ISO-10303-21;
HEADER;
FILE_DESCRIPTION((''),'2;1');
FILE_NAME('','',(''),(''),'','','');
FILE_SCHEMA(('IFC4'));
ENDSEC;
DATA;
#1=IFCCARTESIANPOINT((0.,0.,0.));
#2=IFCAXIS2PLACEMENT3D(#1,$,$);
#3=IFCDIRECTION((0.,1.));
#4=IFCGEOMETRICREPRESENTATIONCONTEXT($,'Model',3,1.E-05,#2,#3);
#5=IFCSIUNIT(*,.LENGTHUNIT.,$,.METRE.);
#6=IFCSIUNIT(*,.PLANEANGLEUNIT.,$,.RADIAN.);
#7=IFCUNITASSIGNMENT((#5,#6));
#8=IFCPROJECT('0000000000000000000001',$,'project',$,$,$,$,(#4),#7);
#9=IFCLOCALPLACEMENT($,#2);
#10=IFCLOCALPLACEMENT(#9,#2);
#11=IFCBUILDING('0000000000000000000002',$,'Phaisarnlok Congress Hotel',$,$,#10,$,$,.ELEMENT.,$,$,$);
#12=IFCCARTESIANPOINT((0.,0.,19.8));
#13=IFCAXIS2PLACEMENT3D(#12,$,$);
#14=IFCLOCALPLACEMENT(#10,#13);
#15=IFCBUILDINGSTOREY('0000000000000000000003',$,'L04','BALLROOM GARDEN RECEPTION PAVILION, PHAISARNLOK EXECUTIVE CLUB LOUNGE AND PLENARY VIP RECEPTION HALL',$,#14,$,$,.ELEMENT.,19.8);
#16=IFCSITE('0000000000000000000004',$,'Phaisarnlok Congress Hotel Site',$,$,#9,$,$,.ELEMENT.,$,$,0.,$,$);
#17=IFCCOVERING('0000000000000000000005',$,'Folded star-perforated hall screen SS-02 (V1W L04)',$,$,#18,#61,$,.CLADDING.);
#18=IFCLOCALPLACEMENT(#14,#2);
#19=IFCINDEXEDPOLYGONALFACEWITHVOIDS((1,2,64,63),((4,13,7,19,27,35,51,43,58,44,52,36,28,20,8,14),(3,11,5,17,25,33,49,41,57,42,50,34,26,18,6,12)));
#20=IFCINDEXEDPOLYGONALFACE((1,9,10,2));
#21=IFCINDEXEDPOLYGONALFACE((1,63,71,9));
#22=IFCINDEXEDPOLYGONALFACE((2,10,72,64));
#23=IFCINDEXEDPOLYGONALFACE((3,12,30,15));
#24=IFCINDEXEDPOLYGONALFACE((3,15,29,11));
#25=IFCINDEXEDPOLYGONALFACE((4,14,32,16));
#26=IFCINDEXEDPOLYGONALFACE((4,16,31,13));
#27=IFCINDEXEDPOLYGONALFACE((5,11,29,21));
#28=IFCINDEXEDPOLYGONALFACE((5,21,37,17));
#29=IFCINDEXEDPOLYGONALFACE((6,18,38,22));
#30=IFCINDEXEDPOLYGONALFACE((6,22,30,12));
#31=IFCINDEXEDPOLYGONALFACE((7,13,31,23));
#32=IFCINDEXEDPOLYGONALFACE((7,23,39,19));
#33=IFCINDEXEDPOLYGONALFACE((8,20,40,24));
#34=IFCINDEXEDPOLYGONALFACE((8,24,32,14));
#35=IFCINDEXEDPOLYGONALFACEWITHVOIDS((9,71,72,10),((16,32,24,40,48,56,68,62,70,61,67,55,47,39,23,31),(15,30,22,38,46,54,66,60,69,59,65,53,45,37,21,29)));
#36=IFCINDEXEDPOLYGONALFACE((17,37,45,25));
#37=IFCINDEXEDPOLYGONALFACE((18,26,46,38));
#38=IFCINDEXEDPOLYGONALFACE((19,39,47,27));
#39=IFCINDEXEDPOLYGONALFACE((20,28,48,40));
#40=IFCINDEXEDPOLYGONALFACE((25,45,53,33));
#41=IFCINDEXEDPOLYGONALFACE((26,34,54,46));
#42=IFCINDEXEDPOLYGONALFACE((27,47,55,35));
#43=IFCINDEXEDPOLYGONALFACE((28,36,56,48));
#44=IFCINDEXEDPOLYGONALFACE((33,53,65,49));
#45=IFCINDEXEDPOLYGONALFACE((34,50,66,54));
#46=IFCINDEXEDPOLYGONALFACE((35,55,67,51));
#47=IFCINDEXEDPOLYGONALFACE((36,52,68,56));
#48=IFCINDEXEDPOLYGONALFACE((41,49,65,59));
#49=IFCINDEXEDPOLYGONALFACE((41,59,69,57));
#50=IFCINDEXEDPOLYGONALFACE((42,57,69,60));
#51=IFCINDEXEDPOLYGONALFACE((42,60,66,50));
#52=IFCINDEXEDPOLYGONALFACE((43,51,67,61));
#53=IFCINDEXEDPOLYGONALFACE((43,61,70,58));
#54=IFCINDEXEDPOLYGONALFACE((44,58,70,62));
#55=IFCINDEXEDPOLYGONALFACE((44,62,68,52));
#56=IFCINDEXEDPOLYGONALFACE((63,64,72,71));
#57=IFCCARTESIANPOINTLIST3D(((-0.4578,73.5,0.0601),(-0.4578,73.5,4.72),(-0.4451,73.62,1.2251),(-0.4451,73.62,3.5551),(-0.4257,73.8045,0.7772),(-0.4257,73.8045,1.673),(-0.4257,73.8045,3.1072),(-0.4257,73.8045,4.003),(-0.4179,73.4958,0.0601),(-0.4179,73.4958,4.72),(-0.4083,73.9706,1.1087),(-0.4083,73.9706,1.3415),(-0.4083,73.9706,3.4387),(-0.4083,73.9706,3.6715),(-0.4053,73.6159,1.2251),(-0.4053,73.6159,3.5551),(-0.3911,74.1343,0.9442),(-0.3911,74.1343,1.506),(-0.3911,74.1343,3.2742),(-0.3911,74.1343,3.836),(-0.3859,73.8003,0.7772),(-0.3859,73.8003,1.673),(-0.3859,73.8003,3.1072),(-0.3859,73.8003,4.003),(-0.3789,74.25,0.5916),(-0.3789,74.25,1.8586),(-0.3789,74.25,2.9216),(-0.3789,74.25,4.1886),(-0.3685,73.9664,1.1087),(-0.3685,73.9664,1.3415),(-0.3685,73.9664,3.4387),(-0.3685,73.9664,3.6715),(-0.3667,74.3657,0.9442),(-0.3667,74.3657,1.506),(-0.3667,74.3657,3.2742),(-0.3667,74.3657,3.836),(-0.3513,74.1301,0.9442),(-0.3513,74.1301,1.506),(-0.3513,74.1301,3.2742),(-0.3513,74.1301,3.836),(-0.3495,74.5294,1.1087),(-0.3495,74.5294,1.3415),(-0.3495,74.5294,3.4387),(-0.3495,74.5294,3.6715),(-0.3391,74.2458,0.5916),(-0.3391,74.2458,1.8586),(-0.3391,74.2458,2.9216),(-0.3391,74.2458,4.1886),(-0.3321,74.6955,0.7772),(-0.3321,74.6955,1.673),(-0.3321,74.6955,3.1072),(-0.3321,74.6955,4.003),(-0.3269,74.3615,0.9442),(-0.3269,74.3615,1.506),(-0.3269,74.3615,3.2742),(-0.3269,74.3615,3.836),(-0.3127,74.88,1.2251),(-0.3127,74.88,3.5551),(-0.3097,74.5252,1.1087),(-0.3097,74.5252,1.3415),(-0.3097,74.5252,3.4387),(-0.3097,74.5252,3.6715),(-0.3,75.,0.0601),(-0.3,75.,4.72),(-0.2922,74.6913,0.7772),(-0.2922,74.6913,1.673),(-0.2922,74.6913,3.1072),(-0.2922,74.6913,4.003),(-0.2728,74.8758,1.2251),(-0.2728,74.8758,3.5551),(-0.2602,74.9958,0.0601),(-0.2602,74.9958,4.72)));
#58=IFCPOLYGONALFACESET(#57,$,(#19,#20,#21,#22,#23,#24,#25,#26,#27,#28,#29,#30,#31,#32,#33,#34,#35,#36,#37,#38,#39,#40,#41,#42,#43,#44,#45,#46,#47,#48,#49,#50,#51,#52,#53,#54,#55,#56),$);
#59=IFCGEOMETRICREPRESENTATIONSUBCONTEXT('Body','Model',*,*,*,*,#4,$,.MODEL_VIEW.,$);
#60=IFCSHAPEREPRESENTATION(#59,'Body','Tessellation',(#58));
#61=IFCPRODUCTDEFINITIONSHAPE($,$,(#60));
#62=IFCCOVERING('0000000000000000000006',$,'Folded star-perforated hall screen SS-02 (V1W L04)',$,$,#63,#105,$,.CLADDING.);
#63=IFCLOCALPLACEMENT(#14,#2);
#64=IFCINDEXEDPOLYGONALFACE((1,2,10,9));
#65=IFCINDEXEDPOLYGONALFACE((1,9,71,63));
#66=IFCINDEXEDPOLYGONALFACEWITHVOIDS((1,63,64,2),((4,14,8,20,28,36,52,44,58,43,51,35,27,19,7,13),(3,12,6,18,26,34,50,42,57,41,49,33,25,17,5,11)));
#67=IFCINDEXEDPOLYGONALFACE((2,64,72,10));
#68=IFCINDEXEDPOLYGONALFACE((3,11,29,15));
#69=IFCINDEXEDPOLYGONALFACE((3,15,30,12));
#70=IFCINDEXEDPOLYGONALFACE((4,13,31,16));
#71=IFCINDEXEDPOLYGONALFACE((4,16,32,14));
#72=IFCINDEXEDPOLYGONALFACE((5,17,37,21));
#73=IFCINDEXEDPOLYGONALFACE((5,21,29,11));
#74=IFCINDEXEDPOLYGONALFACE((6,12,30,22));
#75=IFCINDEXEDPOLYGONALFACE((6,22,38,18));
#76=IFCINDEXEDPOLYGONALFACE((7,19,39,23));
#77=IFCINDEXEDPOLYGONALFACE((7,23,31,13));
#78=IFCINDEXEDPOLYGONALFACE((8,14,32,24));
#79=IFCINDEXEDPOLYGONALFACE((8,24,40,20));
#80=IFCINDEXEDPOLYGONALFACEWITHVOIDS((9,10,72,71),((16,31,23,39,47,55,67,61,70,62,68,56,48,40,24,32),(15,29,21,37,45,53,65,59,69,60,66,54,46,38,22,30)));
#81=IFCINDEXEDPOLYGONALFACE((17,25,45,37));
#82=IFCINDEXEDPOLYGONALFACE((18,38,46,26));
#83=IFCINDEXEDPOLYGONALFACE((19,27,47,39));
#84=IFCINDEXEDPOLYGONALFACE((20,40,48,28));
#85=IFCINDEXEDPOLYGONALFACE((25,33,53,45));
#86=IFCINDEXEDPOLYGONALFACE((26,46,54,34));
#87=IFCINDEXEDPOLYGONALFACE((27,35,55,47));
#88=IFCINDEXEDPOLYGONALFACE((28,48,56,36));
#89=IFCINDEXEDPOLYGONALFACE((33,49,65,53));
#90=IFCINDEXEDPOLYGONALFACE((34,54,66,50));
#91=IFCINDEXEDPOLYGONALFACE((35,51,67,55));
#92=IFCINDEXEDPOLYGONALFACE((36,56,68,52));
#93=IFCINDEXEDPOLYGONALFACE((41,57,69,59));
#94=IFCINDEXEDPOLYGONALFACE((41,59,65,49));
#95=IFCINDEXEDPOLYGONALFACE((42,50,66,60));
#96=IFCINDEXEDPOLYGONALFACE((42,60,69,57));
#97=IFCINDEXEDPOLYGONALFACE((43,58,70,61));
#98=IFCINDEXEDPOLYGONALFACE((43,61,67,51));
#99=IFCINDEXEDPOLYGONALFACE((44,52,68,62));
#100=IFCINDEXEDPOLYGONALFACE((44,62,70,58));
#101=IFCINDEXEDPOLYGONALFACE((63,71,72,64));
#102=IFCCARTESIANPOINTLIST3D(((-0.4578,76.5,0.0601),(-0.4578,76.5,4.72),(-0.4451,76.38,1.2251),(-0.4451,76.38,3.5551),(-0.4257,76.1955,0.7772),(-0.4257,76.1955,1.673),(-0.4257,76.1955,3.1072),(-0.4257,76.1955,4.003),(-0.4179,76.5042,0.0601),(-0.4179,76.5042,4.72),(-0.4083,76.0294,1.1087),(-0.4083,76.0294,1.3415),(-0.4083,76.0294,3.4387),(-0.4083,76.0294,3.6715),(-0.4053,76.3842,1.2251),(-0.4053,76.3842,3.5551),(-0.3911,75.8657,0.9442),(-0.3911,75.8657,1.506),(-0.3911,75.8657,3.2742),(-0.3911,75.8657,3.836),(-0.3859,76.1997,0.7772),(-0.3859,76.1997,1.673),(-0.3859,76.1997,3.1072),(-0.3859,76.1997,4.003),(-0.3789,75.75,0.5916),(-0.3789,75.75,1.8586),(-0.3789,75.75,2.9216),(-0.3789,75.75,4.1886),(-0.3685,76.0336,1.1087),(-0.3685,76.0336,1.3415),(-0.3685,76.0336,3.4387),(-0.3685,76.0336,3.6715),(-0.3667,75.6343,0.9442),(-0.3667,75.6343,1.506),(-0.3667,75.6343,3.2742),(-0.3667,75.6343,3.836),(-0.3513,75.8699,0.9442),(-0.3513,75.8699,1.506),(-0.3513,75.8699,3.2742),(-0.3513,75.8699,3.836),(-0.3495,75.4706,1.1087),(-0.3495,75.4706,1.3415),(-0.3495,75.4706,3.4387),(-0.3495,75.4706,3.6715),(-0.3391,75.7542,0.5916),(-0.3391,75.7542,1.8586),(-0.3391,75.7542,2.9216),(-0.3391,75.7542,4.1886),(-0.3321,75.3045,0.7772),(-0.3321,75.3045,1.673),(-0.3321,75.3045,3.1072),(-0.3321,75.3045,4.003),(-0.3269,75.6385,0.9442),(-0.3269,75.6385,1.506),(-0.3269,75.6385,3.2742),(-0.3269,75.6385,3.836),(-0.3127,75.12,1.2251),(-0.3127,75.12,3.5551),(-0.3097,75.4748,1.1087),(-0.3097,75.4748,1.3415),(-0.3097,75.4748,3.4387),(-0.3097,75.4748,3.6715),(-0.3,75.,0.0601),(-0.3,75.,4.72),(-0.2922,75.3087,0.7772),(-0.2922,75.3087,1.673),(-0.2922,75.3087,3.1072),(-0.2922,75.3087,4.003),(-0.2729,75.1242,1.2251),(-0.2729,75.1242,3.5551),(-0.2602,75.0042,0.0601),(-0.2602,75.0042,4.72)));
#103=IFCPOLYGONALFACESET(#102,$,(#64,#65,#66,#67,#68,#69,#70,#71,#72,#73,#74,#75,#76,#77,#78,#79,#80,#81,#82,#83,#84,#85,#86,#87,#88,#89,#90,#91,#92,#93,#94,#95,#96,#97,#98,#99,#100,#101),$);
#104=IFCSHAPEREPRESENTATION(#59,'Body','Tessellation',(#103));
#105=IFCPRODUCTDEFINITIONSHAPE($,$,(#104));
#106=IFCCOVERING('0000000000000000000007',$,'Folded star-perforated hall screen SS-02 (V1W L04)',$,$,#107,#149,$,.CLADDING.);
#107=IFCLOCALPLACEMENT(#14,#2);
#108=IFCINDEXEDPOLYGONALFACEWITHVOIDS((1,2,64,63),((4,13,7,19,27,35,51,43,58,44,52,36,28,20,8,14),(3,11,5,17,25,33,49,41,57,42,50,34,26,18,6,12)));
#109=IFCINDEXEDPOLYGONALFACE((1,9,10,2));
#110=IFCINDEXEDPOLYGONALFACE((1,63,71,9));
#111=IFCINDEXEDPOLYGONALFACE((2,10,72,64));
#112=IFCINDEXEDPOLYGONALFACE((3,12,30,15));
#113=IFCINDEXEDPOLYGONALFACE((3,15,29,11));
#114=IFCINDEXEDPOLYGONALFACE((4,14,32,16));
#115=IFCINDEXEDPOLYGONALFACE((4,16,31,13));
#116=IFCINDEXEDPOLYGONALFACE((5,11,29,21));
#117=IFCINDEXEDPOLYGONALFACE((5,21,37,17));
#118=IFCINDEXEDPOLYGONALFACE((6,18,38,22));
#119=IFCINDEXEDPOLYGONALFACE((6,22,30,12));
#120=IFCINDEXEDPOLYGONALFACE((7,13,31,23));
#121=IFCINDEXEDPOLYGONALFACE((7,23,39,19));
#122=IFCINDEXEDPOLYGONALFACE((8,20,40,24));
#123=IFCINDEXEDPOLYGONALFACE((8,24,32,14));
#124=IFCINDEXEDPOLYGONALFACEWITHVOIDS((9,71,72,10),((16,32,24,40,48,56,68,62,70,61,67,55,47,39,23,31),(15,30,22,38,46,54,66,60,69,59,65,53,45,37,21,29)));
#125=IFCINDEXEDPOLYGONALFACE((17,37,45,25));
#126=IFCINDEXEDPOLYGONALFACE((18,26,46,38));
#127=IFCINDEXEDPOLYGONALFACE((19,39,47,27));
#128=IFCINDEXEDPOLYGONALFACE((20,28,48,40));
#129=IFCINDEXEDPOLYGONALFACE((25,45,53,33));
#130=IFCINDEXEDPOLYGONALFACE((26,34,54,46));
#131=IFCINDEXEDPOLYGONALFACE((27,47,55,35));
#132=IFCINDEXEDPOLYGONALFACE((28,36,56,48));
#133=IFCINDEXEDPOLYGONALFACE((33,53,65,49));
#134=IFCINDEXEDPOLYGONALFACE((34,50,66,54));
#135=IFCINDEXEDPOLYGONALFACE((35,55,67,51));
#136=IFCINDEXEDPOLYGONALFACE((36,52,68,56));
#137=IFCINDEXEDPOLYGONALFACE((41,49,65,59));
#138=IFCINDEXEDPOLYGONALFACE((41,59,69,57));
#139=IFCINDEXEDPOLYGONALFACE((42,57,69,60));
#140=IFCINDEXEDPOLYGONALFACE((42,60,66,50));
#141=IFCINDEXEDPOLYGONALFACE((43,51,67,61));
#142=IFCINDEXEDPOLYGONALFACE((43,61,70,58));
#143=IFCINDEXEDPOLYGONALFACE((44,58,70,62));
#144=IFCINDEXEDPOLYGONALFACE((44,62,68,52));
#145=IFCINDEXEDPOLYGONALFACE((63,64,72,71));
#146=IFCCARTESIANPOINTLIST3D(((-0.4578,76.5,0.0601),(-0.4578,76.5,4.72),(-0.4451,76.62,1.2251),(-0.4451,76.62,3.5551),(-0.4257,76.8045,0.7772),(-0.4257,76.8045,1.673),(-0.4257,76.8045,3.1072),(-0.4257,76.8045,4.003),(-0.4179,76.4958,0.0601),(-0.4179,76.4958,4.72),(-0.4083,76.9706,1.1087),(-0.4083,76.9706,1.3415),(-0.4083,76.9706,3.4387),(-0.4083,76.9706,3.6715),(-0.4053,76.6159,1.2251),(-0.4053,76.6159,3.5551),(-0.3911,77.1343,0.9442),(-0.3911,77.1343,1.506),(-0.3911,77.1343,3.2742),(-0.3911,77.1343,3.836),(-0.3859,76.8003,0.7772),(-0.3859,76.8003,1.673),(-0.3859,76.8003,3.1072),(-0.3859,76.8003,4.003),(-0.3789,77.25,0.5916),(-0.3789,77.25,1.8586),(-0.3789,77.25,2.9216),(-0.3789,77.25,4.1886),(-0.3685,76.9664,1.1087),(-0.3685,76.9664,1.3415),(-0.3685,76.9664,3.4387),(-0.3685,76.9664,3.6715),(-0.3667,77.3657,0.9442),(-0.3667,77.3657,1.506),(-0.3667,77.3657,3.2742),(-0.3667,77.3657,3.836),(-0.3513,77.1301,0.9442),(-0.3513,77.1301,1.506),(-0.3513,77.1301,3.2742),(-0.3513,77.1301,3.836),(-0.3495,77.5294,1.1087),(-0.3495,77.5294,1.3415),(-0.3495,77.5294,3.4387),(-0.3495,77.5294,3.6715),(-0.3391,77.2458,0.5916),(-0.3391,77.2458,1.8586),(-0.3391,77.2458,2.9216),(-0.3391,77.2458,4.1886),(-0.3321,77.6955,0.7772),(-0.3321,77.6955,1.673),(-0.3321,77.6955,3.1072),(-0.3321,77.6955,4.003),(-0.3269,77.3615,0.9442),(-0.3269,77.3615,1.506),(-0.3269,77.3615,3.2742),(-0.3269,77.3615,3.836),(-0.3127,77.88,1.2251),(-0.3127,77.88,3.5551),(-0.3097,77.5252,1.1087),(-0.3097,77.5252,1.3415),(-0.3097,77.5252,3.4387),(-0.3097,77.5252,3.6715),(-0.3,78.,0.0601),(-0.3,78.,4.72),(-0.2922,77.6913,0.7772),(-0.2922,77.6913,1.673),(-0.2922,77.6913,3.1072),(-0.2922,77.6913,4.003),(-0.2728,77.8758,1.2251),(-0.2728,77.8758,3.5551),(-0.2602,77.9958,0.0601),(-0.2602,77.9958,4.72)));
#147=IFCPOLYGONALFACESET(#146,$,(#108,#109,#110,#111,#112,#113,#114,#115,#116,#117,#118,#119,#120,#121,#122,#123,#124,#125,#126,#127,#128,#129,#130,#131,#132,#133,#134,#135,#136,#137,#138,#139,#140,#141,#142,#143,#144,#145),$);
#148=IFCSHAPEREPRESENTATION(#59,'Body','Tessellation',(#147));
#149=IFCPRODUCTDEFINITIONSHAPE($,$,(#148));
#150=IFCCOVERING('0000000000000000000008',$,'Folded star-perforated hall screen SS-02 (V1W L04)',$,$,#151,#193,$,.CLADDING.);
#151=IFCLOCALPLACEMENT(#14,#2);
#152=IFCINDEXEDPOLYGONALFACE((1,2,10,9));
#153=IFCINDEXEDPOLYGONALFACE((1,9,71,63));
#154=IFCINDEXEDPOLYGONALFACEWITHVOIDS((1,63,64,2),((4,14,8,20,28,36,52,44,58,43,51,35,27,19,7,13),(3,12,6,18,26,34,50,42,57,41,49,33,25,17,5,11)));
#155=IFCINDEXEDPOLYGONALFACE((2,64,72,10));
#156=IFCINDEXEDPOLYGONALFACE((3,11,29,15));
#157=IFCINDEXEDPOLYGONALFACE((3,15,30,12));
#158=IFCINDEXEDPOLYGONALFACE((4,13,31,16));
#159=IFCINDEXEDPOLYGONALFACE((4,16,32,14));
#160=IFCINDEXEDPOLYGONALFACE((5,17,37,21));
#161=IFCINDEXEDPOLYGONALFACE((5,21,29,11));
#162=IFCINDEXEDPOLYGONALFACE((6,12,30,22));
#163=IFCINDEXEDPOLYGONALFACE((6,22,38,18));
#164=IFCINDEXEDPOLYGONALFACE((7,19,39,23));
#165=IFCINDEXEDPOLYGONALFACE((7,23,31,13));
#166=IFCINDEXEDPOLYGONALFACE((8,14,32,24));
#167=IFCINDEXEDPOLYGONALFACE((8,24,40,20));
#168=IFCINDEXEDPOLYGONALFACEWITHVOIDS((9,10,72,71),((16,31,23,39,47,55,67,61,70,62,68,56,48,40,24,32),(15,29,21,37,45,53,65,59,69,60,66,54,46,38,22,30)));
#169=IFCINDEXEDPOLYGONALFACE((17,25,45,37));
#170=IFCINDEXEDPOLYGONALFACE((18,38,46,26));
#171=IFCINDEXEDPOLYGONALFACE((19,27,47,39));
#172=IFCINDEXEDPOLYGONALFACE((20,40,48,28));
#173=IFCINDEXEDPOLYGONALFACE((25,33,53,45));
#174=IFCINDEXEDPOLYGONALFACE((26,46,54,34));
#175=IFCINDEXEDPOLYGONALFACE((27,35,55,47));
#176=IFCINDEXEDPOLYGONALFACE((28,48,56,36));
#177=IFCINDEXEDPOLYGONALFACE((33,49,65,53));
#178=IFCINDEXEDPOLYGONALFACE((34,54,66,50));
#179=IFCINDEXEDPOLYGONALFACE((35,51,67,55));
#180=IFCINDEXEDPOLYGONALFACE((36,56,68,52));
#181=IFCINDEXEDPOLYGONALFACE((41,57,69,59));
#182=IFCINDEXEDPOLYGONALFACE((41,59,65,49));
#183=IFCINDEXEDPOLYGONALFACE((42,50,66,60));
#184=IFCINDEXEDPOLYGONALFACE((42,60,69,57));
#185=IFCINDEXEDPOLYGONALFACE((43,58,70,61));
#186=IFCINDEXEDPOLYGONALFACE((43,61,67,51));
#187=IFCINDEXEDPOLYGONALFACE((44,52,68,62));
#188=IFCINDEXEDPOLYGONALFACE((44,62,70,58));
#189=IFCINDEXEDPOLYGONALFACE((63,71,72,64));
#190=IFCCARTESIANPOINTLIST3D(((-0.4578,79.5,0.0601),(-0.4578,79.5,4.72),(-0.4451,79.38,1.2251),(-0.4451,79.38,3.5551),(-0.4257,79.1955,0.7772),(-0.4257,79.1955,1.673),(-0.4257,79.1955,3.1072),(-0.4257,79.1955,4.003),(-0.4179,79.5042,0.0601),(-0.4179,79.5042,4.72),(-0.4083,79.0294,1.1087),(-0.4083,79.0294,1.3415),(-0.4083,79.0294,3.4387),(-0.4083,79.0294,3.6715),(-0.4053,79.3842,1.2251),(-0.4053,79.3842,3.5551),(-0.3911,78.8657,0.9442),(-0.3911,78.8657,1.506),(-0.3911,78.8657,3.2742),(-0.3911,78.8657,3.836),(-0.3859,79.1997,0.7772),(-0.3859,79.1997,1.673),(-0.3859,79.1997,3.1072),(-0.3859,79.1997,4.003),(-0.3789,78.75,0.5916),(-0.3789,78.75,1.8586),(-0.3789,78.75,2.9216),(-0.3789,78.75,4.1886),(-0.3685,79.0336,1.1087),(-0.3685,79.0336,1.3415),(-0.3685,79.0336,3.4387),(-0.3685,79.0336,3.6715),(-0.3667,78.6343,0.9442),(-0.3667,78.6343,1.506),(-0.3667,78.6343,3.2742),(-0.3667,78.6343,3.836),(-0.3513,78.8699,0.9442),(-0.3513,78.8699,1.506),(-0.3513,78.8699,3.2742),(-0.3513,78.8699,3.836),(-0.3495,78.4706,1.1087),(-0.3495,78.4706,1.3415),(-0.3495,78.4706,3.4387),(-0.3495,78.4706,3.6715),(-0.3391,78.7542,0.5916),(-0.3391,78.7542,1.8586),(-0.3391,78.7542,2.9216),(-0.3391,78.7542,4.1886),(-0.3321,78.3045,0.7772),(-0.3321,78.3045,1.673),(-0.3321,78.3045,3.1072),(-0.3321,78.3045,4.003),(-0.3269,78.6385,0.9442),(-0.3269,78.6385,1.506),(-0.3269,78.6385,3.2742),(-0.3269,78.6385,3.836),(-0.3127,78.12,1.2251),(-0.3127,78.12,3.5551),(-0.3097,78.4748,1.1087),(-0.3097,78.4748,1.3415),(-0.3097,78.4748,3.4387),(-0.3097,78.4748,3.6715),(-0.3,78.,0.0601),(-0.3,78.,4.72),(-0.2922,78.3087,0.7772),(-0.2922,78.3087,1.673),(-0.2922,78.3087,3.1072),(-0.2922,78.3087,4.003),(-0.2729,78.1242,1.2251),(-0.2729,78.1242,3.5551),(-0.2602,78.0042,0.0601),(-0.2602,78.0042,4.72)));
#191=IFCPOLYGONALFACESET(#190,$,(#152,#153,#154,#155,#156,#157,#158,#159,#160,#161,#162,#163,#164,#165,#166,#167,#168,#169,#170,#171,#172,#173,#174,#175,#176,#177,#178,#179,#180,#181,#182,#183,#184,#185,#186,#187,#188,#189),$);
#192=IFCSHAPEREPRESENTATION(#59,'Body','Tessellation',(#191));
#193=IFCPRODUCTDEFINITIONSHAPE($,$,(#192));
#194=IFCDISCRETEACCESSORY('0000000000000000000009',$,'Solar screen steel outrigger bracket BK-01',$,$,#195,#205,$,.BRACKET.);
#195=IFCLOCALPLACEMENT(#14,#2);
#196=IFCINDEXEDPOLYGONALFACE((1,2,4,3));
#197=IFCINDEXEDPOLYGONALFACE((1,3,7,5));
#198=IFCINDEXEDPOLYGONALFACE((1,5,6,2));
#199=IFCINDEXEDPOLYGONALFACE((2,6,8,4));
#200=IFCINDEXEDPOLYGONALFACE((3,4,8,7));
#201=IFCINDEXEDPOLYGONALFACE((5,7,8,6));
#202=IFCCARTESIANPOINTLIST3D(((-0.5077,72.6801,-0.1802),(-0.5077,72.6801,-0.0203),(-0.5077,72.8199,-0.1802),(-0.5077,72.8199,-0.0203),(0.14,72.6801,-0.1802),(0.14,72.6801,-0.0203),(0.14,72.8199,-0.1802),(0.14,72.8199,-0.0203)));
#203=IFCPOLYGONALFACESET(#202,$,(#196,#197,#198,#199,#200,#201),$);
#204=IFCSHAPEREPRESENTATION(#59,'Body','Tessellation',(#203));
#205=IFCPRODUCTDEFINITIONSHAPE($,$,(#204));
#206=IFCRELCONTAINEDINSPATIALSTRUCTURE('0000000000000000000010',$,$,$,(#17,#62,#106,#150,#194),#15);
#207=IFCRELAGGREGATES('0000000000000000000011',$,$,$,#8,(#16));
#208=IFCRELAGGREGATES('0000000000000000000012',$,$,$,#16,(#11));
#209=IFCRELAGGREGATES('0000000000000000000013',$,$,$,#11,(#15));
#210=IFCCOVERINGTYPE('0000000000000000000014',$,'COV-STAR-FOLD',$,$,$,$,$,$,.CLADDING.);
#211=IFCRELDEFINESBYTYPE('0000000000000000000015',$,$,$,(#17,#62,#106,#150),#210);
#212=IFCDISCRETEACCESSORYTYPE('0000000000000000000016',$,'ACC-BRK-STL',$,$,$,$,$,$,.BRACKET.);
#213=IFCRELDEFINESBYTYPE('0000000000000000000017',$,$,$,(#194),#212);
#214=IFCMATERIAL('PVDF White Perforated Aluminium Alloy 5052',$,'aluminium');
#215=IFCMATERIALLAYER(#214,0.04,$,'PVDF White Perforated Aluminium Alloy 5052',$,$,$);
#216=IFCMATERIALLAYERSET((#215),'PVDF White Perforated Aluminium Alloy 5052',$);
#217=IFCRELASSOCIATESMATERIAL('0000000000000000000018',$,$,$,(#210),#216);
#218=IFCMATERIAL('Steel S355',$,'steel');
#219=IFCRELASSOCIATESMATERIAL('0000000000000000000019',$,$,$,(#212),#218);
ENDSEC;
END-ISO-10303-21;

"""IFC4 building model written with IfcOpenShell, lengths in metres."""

from ifc_helpers import new_model, si_unit, direction, frame, origin, origin_2d, place, context, subcontext, project, spatial, polyline, rectangle, outline, extrude, material, layer, layer_set, type_object, element, save


model = new_model("IFC4")

# Units and contexts
model_context = context("Model", 3, precision=1e-05, world=origin(), true_north=direction((0.0, 1.0)))
body_context = subcontext(model_context, "Body", "Model", "MODEL_VIEW")
ifc_project = project(units=[si_unit("LENGTHUNIT", "METRE"), si_unit("PLANEANGLEUNIT", "RADIAN")], contexts=[model_context])

# Site, building, storey
site_placement = place(None, origin())
site = spatial("IfcSite", under=ifc_project, at=site_placement, Name="Phaisarnlok Congress Hotel Site", CompositionType="ELEMENT", RefElevation=0.0)
building_placement = place(site_placement, origin())
building = spatial("IfcBuilding", under=site, at=building_placement, Name="Phaisarnlok Congress Hotel", CompositionType="ELEMENT")
storey_placement = place(building_placement, frame((0.0, 0.0, 19.8)))
storey = spatial("IfcBuildingStorey", under=building, at=storey_placement, Name="L04", Description="BALLROOM GARDEN RECEPTION PAVILION, PHAISARNLOK EXECUTIVE CLUB LOUNGE AND PLENARY VIP RECEPTION HALL", CompositionType="ELEMENT", Elevation=19.8)

# Shared definitions
ifc_material_1 = material(Name="Steel S355", Category="steel")

# Coverings
ifc_material_2 = material(Name="PVDF White Perforated Aluminium Alloy 5052", Category="aluminium")
ifc_layer_1 = layer(ifc_material_2, 0.04, Name="PVDF White Perforated Aluminium Alloy 5052")
ifc_layer_set_1 = layer_set([ifc_layer_1], Name="PVDF White Perforated Aluminium Alloy 5052")
covering_type = type_object("IfcCoveringType", Name="COV-STAR-FOLD", PredefinedType="CLADDING", material=ifc_layer_set_1)
for number, where, z_axis, x_axis, name in (
    (1, (-0.4578, 73.5, 0.0601), (0.994518, -0.104567, 0.0), (0.104567, 0.994518, 0.0), "Folded star-perforated hall screen SS-02 (V1W L04)"),
    (2, (-0.3, 75.0, 0.0601), (0.994518, 0.104567, 0.0), (-0.104567, 0.994518, 0.0), "Folded star-perforated hall screen SS-02 (V1W L04)"),
    (3, (-0.4578, 76.5, 0.0601), (0.994518, -0.104567, 0.0), (0.104567, 0.994518, 0.0), "Folded star-perforated hall screen SS-02 (V1W L04)"),
    (4, (-0.3, 78.0, 0.0601), (0.994518, 0.104567, 0.0), (-0.104567, 0.994518, 0.0), "Folded star-perforated hall screen SS-02 (V1W L04)"),
):
    element("IfcCovering", number, at=place(storey_placement, frame(where, z_axis=z_axis, x_axis=x_axis)), inside=storey, type_object=covering_type, Name=name, PredefinedType="CLADDING", context=body_context, shape_type="SweptSolid", body=[
        extrude(outline(polyline([(0.0, 0.0), (1.5083, 0.0), (1.5083, 4.6599), (0.0, 4.6599), (0.0, 0.0)]), holes=[polyline([(1.0351, 1.0486), (1.2021, 0.7171), (0.8705, 0.8841), (0.7541, 0.5315), (0.6378, 0.8841), (0.3062, 0.7171), (0.4732, 1.0486), (0.1207, 1.165), (0.4732, 1.2814), (0.3062, 1.6129), (0.6378, 1.4459), (0.7541, 1.7985), (0.8705, 1.4459), (1.2021, 1.6129), (1.0351, 1.2814), (1.3876, 1.165), (1.0351, 1.0486)]), polyline([(1.0351, 3.3786), (1.2021, 3.0471), (0.8705, 3.2141), (0.7541, 2.8615), (0.6378, 3.2141), (0.3062, 3.0471), (0.4732, 3.3786), (0.1207, 3.495), (0.4732, 3.6114), (0.3062, 3.9429), (0.6378, 3.7759), (0.7541, 4.1285), (0.8705, 3.7759), (1.2021, 3.9429), (1.0351, 3.6114), (1.3876, 3.495), (1.0351, 3.3786)])]), origin(), (0.0, 0.0, 1.0), 0.04),
    ])

# Discrete accessory
discrete_accessory_type = type_object("IfcDiscreteAccessoryType", Name="ACC-BRK-STL", PredefinedType="BRACKET", material=ifc_material_1)
for number, where, z_axis, x_axis, name in (
    (5, (-0.1838, 72.75, -0.1802), (0.0, 0.0, 1.0), (1.0, 0.0, 0.0), "Solar screen steel outrigger bracket BK-01"),
):
    element("IfcDiscreteAccessory", number, at=place(storey_placement, frame(where, z_axis=z_axis, x_axis=x_axis)), inside=storey, type_object=discrete_accessory_type, Name=name, PredefinedType="BRACKET", context=body_context, shape_type="SweptSolid", body=[
        extrude(rectangle(XDim=0.6477, YDim=0.1399, at=origin_2d()), origin(), (0.0, 0.0, 1.0), 0.1599),
    ])

save(model, "model.ifc")
